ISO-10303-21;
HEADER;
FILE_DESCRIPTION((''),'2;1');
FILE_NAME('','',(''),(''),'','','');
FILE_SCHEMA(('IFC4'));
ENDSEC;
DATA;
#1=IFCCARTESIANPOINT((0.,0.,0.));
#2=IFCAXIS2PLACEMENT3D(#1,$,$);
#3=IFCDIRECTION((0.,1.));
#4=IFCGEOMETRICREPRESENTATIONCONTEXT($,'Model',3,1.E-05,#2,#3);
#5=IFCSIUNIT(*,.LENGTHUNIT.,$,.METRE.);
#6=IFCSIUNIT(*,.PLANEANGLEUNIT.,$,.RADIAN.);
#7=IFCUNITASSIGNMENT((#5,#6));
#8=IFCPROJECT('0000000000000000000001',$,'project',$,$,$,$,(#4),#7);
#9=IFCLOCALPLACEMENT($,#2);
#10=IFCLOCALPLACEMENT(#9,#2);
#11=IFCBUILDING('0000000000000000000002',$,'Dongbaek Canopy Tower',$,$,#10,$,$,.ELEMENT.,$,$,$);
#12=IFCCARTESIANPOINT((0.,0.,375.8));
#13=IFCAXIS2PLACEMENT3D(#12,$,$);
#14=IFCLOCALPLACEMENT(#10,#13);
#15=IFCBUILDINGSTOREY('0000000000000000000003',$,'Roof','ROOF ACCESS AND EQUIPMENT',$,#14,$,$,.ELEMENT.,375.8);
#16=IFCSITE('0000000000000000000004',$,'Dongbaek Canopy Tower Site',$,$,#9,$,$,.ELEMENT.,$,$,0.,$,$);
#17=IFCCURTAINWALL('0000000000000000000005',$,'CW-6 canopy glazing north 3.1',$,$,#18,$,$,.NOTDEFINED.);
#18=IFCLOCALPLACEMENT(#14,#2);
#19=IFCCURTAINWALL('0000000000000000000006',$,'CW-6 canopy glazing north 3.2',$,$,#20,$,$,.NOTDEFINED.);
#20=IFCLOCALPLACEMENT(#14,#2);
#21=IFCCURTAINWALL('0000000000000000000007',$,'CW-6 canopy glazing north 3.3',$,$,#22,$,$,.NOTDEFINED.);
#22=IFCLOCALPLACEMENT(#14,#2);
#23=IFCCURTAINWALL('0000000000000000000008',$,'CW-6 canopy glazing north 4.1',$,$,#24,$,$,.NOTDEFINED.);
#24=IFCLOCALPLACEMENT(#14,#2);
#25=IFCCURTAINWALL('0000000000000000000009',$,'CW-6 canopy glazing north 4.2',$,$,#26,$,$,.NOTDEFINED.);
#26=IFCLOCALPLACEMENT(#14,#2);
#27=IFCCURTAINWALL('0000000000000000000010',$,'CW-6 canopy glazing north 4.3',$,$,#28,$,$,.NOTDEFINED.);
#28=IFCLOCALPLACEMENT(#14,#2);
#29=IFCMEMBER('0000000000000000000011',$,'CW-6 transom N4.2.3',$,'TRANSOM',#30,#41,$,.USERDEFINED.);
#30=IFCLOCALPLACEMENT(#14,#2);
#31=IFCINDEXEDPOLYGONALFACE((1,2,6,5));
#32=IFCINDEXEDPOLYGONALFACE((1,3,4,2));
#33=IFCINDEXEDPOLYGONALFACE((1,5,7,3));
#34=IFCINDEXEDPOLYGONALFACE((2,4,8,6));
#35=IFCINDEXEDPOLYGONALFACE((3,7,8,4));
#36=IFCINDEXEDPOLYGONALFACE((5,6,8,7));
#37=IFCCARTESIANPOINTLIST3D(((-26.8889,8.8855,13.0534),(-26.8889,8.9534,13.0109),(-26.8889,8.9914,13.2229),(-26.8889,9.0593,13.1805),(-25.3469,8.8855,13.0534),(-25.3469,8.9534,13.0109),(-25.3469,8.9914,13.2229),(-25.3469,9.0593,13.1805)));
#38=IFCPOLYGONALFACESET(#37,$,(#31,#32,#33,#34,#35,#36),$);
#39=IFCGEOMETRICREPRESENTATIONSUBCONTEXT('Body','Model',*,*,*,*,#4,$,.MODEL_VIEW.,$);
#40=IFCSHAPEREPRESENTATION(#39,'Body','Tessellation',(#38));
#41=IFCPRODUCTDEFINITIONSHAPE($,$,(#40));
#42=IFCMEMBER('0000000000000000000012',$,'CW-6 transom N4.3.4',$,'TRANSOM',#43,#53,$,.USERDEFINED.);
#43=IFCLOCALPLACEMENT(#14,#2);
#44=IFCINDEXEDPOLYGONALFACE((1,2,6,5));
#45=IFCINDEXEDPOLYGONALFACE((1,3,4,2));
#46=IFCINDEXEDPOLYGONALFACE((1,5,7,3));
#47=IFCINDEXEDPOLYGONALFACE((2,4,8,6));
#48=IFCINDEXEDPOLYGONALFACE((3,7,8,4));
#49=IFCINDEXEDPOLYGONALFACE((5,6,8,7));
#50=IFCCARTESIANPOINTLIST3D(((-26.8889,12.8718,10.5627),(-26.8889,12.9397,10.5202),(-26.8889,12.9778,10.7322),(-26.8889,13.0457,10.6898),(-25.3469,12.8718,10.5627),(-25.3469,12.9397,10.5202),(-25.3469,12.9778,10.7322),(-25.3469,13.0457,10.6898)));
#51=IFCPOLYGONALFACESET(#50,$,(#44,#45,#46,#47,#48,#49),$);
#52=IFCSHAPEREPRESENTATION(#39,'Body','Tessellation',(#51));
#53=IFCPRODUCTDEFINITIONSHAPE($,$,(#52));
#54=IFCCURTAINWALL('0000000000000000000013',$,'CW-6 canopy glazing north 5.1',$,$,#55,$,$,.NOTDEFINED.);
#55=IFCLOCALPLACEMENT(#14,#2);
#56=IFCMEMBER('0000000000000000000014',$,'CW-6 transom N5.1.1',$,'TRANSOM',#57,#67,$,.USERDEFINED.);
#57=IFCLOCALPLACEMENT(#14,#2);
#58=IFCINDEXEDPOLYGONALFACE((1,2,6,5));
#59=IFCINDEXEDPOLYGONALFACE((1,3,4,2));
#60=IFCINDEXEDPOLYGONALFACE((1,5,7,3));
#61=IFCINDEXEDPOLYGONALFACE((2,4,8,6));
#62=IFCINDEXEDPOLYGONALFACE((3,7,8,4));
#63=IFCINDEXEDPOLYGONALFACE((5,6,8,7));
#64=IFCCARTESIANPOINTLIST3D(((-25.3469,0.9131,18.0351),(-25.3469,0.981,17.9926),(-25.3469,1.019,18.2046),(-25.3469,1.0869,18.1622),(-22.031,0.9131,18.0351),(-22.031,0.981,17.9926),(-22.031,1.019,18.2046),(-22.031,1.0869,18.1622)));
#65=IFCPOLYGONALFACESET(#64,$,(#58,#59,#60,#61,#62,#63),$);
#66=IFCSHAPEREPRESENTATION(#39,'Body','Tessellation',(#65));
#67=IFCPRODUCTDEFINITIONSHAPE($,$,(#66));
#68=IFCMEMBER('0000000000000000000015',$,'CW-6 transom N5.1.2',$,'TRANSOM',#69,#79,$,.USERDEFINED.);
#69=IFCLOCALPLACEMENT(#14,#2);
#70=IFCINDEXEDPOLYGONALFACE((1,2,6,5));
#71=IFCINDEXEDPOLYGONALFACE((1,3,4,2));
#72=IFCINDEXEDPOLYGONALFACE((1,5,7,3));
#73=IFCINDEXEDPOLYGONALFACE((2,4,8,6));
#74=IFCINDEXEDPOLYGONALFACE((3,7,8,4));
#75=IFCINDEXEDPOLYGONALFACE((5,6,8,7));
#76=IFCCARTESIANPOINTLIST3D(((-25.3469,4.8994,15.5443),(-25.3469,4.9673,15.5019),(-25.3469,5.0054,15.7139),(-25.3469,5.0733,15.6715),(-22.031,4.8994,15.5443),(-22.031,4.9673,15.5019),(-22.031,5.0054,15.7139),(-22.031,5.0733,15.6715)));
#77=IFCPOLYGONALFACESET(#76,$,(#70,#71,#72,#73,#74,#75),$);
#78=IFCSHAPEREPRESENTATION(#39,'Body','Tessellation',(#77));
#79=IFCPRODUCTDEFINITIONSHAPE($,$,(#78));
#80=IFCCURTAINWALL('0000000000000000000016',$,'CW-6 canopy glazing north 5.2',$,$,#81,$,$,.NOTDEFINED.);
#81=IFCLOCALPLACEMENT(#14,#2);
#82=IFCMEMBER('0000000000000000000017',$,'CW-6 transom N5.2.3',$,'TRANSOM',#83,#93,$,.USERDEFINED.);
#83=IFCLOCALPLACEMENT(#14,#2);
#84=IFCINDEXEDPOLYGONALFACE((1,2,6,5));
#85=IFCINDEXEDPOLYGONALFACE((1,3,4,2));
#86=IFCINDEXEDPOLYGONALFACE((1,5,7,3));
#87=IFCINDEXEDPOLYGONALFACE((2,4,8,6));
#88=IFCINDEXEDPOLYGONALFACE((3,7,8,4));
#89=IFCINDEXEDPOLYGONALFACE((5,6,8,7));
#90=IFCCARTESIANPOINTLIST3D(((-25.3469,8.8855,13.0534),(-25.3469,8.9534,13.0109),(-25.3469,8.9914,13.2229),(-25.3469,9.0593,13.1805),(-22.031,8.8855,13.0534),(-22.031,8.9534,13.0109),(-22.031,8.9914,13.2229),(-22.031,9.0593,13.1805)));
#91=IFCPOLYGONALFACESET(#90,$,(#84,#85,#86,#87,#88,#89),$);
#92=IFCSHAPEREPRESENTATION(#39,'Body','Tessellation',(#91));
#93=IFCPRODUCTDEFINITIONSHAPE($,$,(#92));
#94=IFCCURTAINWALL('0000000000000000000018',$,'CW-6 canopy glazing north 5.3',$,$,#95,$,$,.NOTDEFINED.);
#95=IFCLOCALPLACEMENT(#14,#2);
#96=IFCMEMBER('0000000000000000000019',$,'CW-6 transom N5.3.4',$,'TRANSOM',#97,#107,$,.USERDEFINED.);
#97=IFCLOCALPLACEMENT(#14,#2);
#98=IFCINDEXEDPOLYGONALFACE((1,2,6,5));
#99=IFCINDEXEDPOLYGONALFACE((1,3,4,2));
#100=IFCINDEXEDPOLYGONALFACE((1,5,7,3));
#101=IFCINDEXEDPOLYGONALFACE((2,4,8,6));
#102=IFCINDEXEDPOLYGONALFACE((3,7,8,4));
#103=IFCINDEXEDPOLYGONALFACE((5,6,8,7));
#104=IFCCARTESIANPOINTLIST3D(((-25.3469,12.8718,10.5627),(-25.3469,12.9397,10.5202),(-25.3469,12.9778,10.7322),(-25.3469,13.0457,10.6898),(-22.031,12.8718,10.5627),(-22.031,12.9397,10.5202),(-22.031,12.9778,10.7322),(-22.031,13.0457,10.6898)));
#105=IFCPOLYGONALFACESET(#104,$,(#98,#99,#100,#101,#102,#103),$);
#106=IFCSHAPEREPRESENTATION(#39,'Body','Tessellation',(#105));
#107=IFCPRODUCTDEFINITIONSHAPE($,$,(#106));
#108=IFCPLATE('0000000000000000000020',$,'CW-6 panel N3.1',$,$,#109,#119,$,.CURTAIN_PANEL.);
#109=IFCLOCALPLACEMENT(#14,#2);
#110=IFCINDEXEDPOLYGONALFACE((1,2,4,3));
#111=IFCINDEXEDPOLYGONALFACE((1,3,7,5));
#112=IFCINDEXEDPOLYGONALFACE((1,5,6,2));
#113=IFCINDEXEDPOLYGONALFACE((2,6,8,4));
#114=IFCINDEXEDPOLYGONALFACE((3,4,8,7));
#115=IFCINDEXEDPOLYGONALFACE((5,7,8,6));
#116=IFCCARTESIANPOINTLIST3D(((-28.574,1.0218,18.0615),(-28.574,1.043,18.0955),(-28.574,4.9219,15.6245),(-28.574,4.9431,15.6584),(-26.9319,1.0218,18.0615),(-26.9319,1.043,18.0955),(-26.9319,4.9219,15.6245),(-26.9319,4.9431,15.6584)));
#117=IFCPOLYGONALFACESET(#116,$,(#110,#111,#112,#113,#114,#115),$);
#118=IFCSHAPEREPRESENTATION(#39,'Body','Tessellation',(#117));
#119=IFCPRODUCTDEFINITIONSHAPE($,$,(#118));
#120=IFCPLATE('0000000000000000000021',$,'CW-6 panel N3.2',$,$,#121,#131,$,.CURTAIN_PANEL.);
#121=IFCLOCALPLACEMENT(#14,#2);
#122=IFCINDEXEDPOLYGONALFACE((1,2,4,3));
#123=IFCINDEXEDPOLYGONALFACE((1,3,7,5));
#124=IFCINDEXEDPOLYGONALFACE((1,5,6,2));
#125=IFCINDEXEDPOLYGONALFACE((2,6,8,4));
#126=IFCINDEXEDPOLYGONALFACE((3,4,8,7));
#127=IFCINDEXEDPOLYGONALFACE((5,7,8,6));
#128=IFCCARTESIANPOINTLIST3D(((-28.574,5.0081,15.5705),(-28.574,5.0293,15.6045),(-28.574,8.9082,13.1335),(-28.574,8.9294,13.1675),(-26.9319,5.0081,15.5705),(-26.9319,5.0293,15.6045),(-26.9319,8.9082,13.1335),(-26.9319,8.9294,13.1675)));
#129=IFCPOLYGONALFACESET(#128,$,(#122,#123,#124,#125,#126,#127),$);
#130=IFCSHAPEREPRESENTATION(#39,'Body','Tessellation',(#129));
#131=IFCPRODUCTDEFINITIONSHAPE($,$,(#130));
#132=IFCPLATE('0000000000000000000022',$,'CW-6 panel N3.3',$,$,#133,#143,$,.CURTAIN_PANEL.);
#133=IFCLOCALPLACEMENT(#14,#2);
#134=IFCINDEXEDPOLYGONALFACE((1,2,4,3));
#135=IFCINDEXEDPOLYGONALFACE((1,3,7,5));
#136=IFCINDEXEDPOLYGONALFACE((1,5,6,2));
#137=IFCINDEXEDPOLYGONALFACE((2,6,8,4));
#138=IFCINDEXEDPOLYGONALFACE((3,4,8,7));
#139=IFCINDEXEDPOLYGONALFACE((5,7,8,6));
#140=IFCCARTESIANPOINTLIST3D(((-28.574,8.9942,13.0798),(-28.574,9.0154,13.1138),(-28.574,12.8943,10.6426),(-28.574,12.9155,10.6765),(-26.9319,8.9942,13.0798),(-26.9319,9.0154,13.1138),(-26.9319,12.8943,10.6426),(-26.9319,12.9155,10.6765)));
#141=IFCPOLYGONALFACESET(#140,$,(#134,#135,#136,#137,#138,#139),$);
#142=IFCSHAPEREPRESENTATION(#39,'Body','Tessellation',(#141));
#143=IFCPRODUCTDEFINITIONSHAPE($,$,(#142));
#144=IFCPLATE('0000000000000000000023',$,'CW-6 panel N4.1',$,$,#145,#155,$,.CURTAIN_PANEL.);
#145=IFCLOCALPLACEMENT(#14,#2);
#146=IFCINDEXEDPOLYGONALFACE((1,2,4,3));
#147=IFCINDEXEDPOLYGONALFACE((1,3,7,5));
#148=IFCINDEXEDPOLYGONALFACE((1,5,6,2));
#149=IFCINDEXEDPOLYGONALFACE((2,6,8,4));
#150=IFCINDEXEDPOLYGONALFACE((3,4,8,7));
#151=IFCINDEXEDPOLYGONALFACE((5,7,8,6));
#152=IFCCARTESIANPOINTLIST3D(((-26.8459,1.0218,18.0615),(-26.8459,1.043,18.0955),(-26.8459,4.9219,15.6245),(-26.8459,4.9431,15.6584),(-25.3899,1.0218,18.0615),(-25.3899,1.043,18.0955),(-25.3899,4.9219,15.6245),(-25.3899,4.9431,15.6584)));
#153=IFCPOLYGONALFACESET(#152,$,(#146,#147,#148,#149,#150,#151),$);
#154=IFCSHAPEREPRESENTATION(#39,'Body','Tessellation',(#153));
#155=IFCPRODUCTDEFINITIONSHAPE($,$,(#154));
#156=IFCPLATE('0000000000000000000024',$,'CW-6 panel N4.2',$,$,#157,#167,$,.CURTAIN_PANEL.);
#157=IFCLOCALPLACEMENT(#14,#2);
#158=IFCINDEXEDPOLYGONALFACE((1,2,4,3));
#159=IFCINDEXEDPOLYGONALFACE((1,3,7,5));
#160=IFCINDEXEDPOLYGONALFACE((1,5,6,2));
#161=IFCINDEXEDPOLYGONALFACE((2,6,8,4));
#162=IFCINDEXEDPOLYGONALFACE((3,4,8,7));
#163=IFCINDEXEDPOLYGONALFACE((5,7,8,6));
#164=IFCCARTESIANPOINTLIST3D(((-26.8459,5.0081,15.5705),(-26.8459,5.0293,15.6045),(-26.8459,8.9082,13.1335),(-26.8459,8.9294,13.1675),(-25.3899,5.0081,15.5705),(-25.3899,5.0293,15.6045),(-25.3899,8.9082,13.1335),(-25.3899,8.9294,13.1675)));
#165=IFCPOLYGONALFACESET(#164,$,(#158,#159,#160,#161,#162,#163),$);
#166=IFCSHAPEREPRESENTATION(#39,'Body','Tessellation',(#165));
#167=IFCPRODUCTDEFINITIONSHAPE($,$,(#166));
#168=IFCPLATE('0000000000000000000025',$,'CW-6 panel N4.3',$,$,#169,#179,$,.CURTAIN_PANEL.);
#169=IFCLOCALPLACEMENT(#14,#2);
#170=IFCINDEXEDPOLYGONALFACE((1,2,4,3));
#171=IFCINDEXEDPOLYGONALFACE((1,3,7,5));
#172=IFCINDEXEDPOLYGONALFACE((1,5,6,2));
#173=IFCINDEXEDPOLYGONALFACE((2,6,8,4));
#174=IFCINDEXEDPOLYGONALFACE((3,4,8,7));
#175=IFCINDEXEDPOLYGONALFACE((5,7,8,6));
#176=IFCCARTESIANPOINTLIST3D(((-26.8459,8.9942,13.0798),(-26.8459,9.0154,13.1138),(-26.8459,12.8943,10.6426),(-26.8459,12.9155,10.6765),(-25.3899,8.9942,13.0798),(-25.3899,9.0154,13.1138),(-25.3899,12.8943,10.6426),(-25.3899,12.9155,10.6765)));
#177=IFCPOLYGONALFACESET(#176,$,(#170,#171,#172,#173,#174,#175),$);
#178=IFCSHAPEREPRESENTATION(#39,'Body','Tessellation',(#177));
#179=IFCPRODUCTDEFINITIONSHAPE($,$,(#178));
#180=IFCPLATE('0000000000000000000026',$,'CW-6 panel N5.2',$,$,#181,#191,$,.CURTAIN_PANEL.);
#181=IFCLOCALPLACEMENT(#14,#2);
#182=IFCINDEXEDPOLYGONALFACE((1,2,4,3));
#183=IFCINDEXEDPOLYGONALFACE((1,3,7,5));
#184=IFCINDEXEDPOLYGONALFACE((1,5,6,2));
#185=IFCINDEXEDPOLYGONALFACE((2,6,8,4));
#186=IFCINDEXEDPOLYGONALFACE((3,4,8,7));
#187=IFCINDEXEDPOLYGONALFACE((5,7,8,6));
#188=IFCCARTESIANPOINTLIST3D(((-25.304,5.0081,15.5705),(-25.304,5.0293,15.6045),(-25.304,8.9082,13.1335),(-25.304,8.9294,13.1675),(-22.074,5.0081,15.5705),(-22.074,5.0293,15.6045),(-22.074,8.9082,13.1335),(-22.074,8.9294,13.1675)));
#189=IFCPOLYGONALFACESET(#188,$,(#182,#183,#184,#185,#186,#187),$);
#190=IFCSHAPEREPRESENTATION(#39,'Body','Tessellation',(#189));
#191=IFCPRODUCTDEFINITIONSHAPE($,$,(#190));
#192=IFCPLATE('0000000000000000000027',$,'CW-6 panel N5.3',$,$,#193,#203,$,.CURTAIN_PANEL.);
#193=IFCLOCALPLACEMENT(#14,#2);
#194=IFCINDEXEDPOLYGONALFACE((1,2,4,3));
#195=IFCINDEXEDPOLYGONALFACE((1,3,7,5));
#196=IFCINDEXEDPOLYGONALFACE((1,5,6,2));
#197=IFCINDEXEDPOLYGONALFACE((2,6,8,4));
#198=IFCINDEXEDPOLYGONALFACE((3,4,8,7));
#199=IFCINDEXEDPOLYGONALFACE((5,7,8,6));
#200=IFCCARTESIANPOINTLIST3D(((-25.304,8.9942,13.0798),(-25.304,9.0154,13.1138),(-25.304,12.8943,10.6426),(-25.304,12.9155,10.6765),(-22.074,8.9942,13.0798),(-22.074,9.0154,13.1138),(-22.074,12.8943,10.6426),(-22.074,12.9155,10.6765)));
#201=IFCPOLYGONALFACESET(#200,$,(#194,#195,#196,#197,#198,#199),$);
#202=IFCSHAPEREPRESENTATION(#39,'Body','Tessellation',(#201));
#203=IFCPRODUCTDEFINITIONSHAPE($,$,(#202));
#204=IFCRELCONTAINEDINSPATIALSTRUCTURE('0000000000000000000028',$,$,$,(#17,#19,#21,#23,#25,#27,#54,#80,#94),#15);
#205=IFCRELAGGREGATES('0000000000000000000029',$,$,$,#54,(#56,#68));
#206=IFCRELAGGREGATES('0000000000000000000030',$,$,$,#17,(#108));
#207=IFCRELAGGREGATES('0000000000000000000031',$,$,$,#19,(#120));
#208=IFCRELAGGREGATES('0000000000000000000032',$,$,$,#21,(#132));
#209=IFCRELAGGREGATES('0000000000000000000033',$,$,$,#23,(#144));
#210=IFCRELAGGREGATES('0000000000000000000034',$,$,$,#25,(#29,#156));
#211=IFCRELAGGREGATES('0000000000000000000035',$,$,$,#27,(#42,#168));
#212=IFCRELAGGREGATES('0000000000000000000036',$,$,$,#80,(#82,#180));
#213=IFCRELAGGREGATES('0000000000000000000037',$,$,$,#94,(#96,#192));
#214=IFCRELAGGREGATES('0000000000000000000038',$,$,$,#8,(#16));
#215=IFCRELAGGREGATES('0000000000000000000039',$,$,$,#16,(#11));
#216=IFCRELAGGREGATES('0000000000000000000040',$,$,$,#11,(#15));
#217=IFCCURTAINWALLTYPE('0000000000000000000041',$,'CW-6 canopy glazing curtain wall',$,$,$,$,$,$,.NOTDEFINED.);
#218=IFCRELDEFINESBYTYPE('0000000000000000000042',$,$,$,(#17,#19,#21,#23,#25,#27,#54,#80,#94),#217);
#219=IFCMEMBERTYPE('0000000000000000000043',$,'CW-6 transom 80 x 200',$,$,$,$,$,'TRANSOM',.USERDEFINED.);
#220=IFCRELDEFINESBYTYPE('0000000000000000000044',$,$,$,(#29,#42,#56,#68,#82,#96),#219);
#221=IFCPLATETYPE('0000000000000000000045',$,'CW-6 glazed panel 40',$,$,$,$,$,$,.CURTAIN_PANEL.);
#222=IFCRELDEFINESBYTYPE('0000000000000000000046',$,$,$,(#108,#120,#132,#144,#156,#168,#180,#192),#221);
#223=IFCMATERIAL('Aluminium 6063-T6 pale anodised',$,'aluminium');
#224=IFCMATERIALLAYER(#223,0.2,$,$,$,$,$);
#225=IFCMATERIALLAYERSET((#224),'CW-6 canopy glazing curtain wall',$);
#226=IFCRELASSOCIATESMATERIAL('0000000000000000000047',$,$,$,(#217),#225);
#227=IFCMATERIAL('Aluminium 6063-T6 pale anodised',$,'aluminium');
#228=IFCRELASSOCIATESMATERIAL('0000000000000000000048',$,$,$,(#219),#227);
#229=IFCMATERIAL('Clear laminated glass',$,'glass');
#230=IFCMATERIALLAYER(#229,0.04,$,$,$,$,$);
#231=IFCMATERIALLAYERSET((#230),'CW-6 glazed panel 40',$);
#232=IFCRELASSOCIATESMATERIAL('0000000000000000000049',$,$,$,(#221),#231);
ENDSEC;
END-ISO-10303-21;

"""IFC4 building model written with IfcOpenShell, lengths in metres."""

from ifc_helpers import new_model, si_unit, direction, frame, origin, origin_2d, place, context, subcontext, project, spatial, polyline, rectangle, outline, extrude, material, layer, layer_set, material_profile, profile_set, type_object, element, aggregate, save


model = new_model("IFC4")

# Units and contexts
model_context = context("Model", 3, precision=1e-05, world=origin(), true_north=direction((0.0, 1.0)))
body_context = subcontext(model_context, "Body", "Model", "MODEL_VIEW")
ifc_project = project(units=[si_unit("LENGTHUNIT", "METRE"), si_unit("PLANEANGLEUNIT", "RADIAN")], contexts=[model_context])

# Site, building, storey
site_placement = place(None, origin())
site = spatial("IfcSite", under=ifc_project, at=site_placement, Name="Dongbaek Canopy Tower Site", CompositionType="ELEMENT", RefElevation=0.0)
building_placement = place(site_placement, origin())
building = spatial("IfcBuilding", under=site, at=building_placement, Name="Dongbaek Canopy Tower", CompositionType="ELEMENT")
storey_placement = place(building_placement, frame((0.0, 0.0, 375.8)))
storey = spatial("IfcBuildingStorey", under=building, at=storey_placement, Name="Roof", Description="ROOF ACCESS AND EQUIPMENT", CompositionType="ELEMENT", Elevation=375.8)

# Curtain walls
ifc_material_1 = material(Name="Aluminium 6063-T6 pale anodised", Category="aluminium")
ifc_layer_1 = layer(ifc_material_1, 0.2)
ifc_layer_set_1 = layer_set([ifc_layer_1], Name="CW-6 canopy glazing curtain wall")
curtain_wall_type = type_object("IfcCurtainWallType", Name="CW-6 canopy glazing curtain wall", PredefinedType="NOTDEFINED", material=ifc_layer_set_1)
curtain_wall_1_placement = place(storey_placement, origin())
curtain_wall_1 = element("IfcCurtainWall", 1, at=curtain_wall_1_placement, inside=storey, type_object=curtain_wall_type, Name="CW-6 canopy glazing north 3.1", PredefinedType="NOTDEFINED")
curtain_wall_2_placement = place(storey_placement, origin())
curtain_wall_2 = element("IfcCurtainWall", 2, at=curtain_wall_2_placement, inside=storey, type_object=curtain_wall_type, Name="CW-6 canopy glazing north 3.2", PredefinedType="NOTDEFINED")
curtain_wall_3_placement = place(storey_placement, origin())
curtain_wall_3 = element("IfcCurtainWall", 3, at=curtain_wall_3_placement, inside=storey, type_object=curtain_wall_type, Name="CW-6 canopy glazing north 3.3", PredefinedType="NOTDEFINED")
curtain_wall_4_placement = place(storey_placement, origin())
curtain_wall_4 = element("IfcCurtainWall", 4, at=curtain_wall_4_placement, inside=storey, type_object=curtain_wall_type, Name="CW-6 canopy glazing north 4.1", PredefinedType="NOTDEFINED")
curtain_wall_5_placement = place(storey_placement, origin())
curtain_wall_5 = element("IfcCurtainWall", 5, at=curtain_wall_5_placement, inside=storey, type_object=curtain_wall_type, Name="CW-6 canopy glazing north 4.2", PredefinedType="NOTDEFINED")
curtain_wall_6_placement = place(storey_placement, origin())
curtain_wall_6 = element("IfcCurtainWall", 6, at=curtain_wall_6_placement, inside=storey, type_object=curtain_wall_type, Name="CW-6 canopy glazing north 4.3", PredefinedType="NOTDEFINED")

# Members
ifc_material_2 = material(Name="Aluminium 6063-T6 pale anodised", Category="aluminium")
ifc_material_profile_1 = material_profile(ifc_material_2, rectangle(XDim=0.0801, YDim=0.2, at=origin_2d()), Name="CW-6 transom 80 x 200")
ifc_profile_set_1 = profile_set([ifc_material_profile_1], Name="Aluminium 6063-T6 pale anodised")
member_type_1 = type_object("IfcMemberType", Name="CW-6 transom 80 x 200", ElementType="TRANSOM", PredefinedType="USERDEFINED", material=ifc_profile_set_1)
member_1_placement = place(storey_placement, frame((-26.8889, 8.9724, 13.1169), z_axis=(1.0, 0.0, 0.0), x_axis=(0.0, 0.848048, -0.529919)))
member_1 = element("IfcMember", 7, at=member_1_placement, type_object=member_type_1, Name="CW-6 transom N4.2.3", ObjectType="TRANSOM", PredefinedType="USERDEFINED", context=body_context, shape_type="SweptSolid", body=[
    extrude(rectangle(XDim=0.0801, YDim=0.2, at=origin_2d()), origin(), (0.0, 0.0, 1.0), 1.542),
])
member_2_placement = place(storey_placement, frame((-26.8889, 12.9587, 10.6262), z_axis=(1.0, 0.0, 0.0), x_axis=(0.0, 0.848048, -0.529919)))
member_2 = element("IfcMember", 8, at=member_2_placement, type_object=member_type_1, Name="CW-6 transom N4.3.4", ObjectType="TRANSOM", PredefinedType="USERDEFINED", context=body_context, shape_type="SweptSolid", body=[
    extrude(rectangle(XDim=0.0801, YDim=0.2, at=origin_2d()), origin(), (0.0, 0.0, 1.0), 1.542),
])

# Curtain wall, members
curtain_wall_7_placement = place(storey_placement, origin())
curtain_wall_7 = element("IfcCurtainWall", 9, at=curtain_wall_7_placement, inside=storey, type_object=curtain_wall_type, Name="CW-6 canopy glazing north 5.1", PredefinedType="NOTDEFINED")
member_3_placement = place(storey_placement, frame((-25.3469, 1.0, 18.0986), z_axis=(1.0, 0.0, 0.0), x_axis=(0.0, 0.848048, -0.529919)))
member_3 = element("IfcMember", 10, at=member_3_placement, type_object=member_type_1, Name="CW-6 transom N5.1.1", ObjectType="TRANSOM", PredefinedType="USERDEFINED", context=body_context, shape_type="SweptSolid", body=[
    extrude(rectangle(XDim=0.0801, YDim=0.2, at=origin_2d()), origin(), (0.0, 0.0, 1.0), 3.3159),
])
member_4_placement = place(storey_placement, frame((-25.3469, 4.9863, 15.6079), z_axis=(1.0, 0.0, 0.0), x_axis=(0.0, 0.848048, -0.529919)))
member_4 = element("IfcMember", 11, at=member_4_placement, type_object=member_type_1, Name="CW-6 transom N5.1.2", ObjectType="TRANSOM", PredefinedType="USERDEFINED", context=body_context, shape_type="SweptSolid", body=[
    extrude(rectangle(XDim=0.0801, YDim=0.2, at=origin_2d()), origin(), (0.0, 0.0, 1.0), 3.3159),
])
aggregate(curtain_wall_7, [member_3, member_4])

# Curtain walls, members
curtain_wall_8_placement = place(storey_placement, origin())
curtain_wall_8 = element("IfcCurtainWall", 12, at=curtain_wall_8_placement, inside=storey, type_object=curtain_wall_type, Name="CW-6 canopy glazing north 5.2", PredefinedType="NOTDEFINED")
member_5_placement = place(storey_placement, frame((-25.3469, 8.9724, 13.1169), z_axis=(1.0, 0.0, 0.0), x_axis=(0.0, 0.848048, -0.529919)))
member_5 = element("IfcMember", 13, at=member_5_placement, type_object=member_type_1, Name="CW-6 transom N5.2.3", ObjectType="TRANSOM", PredefinedType="USERDEFINED", context=body_context, shape_type="SweptSolid", body=[
    extrude(rectangle(XDim=0.0801, YDim=0.2, at=origin_2d()), origin(), (0.0, 0.0, 1.0), 3.3159),
])
curtain_wall_9_placement = place(storey_placement, origin())
curtain_wall_9 = element("IfcCurtainWall", 14, at=curtain_wall_9_placement, inside=storey, type_object=curtain_wall_type, Name="CW-6 canopy glazing north 5.3", PredefinedType="NOTDEFINED")
member_6_placement = place(storey_placement, frame((-25.3469, 12.9587, 10.6262), z_axis=(1.0, 0.0, 0.0), x_axis=(0.0, 0.848048, -0.529919)))
member_6 = element("IfcMember", 15, at=member_6_placement, type_object=member_type_1, Name="CW-6 transom N5.3.4", ObjectType="TRANSOM", PredefinedType="USERDEFINED", context=body_context, shape_type="SweptSolid", body=[
    extrude(rectangle(XDim=0.0801, YDim=0.2, at=origin_2d()), origin(), (0.0, 0.0, 1.0), 3.3159),
])

# Plates
ifc_material_3 = material(Name="Clear laminated glass", Category="glass")
ifc_layer_2 = layer(ifc_material_3, 0.04)
ifc_layer_set_2 = layer_set([ifc_layer_2], Name="CW-6 glazed panel 40")
plate_type = type_object("IfcPlateType", Name="CW-6 glazed panel 40", PredefinedType="CURTAIN_PANEL", material=ifc_layer_set_2)
plate_1_placement = place(storey_placement, frame((-26.9319, 1.043, 18.0955), z_axis=(0.0, 0.529908, 0.848055), x_axis=(-1.0, 0.0, 0.0)))
plate_1 = element("IfcPlate", 16, at=plate_1_placement, type_object=plate_type, Name="CW-6 panel N3.1", PredefinedType="CURTAIN_PANEL", context=body_context, shape_type="SweptSolid", body=[
    extrude(outline(polyline([(0.0, 0.0), (1.6421, 0.0), (1.6421, -4.5989), (0.0, -4.5989), (0.0, 0.0)])), origin(), (0.0, 0.0, -1.0), 0.04),
])
aggregate(curtain_wall_1, [plate_1])
plate_2_placement = place(storey_placement, frame((-26.9319, 5.0293, 15.6045), z_axis=(0.0, 0.529908, 0.848055), x_axis=(-1.0, 0.0, 0.0)))
plate_2 = element("IfcPlate", 17, at=plate_2_placement, type_object=plate_type, Name="CW-6 panel N3.2", PredefinedType="CURTAIN_PANEL", context=body_context, shape_type="SweptSolid", body=[
    extrude(outline(polyline([(0.0, 0.0), (1.6421, 0.0), (1.6421, -4.5989), (0.0, -4.5989), (0.0, 0.0)])), origin(), (0.0, 0.0, -1.0), 0.04),
])
aggregate(curtain_wall_2, [plate_2])
plate_3_placement = place(storey_placement, frame((-26.9319, 9.0154, 13.1138), z_axis=(0.0, 0.529946, 0.848031), x_axis=(-1.0, 0.0, 0.0)))
plate_3 = element("IfcPlate", 18, at=plate_3_placement, type_object=plate_type, Name="CW-6 panel N3.3", PredefinedType="CURTAIN_PANEL", context=body_context, shape_type="SweptSolid", body=[
    extrude(outline(polyline([(0.0, 0.0), (1.6421, 0.0), (1.6421, -4.5991), (0.0, -4.5991), (0.0, 0.0)])), origin(), (0.0, 0.0, -1.0), 0.04),
])
aggregate(curtain_wall_3, [plate_3])
plate_4_placement = place(storey_placement, frame((-25.3899, 1.043, 18.0955), z_axis=(0.0, 0.529908, 0.848055), x_axis=(-1.0, 0.0, 0.0)))
plate_4 = element("IfcPlate", 19, at=plate_4_placement, type_object=plate_type, Name="CW-6 panel N4.1", PredefinedType="CURTAIN_PANEL", context=body_context, shape_type="SweptSolid", body=[
    extrude(outline(polyline([(0.0, 0.0), (1.4561, 0.0), (1.4561, -4.5989), (0.0, -4.5989), (0.0, 0.0)])), origin(), (0.0, 0.0, -1.0), 0.04),
])
aggregate(curtain_wall_4, [plate_4])
plate_5_placement = place(storey_placement, frame((-25.3899, 5.0293, 15.6045), z_axis=(0.0, 0.529908, 0.848055), x_axis=(-1.0, 0.0, 0.0)))
plate_5 = element("IfcPlate", 20, at=plate_5_placement, type_object=plate_type, Name="CW-6 panel N4.2", PredefinedType="CURTAIN_PANEL", context=body_context, shape_type="SweptSolid", body=[
    extrude(outline(polyline([(0.0, 0.0), (1.4561, 0.0), (1.4561, -4.5989), (0.0, -4.5989), (0.0, 0.0)])), origin(), (0.0, 0.0, -1.0), 0.04),
])
aggregate(curtain_wall_5, [member_1, plate_5])
plate_6_placement = place(storey_placement, frame((-25.3899, 9.0154, 13.1138), z_axis=(0.0, 0.529946, 0.848031), x_axis=(-1.0, 0.0, 0.0)))
plate_6 = element("IfcPlate", 21, at=plate_6_placement, type_object=plate_type, Name="CW-6 panel N4.3", PredefinedType="CURTAIN_PANEL", context=body_context, shape_type="SweptSolid", body=[
    extrude(outline(polyline([(0.0, 0.0), (1.4561, 0.0), (1.4561, -4.5991), (0.0, -4.5991), (0.0, 0.0)])), origin(), (0.0, 0.0, -1.0), 0.04),
])
aggregate(curtain_wall_6, [member_2, plate_6])
plate_7_placement = place(storey_placement, frame((-22.074, 5.0293, 15.6045), z_axis=(0.0, 0.529908, 0.848055), x_axis=(-1.0, 0.0, 0.0)))
plate_7 = element("IfcPlate", 22, at=plate_7_placement, type_object=plate_type, Name="CW-6 panel N5.2", PredefinedType="CURTAIN_PANEL", context=body_context, shape_type="SweptSolid", body=[
    extrude(outline(polyline([(0.0, 0.0), (3.23, 0.0), (3.23, -4.5989), (0.0, -4.5989), (0.0, 0.0)])), origin(), (0.0, 0.0, -1.0), 0.04),
])
aggregate(curtain_wall_8, [member_5, plate_7])
plate_8_placement = place(storey_placement, frame((-22.074, 9.0154, 13.1138), z_axis=(0.0, 0.529946, 0.848031), x_axis=(-1.0, 0.0, 0.0)))
plate_8 = element("IfcPlate", 23, at=plate_8_placement, type_object=plate_type, Name="CW-6 panel N5.3", PredefinedType="CURTAIN_PANEL", context=body_context, shape_type="SweptSolid", body=[
    extrude(outline(polyline([(0.0, 0.0), (3.23, 0.0), (3.23, -4.5991), (0.0, -4.5991), (0.0, 0.0)])), origin(), (0.0, 0.0, -1.0), 0.04),
])
aggregate(curtain_wall_9, [member_6, plate_8])

save(model, "model.ifc")
